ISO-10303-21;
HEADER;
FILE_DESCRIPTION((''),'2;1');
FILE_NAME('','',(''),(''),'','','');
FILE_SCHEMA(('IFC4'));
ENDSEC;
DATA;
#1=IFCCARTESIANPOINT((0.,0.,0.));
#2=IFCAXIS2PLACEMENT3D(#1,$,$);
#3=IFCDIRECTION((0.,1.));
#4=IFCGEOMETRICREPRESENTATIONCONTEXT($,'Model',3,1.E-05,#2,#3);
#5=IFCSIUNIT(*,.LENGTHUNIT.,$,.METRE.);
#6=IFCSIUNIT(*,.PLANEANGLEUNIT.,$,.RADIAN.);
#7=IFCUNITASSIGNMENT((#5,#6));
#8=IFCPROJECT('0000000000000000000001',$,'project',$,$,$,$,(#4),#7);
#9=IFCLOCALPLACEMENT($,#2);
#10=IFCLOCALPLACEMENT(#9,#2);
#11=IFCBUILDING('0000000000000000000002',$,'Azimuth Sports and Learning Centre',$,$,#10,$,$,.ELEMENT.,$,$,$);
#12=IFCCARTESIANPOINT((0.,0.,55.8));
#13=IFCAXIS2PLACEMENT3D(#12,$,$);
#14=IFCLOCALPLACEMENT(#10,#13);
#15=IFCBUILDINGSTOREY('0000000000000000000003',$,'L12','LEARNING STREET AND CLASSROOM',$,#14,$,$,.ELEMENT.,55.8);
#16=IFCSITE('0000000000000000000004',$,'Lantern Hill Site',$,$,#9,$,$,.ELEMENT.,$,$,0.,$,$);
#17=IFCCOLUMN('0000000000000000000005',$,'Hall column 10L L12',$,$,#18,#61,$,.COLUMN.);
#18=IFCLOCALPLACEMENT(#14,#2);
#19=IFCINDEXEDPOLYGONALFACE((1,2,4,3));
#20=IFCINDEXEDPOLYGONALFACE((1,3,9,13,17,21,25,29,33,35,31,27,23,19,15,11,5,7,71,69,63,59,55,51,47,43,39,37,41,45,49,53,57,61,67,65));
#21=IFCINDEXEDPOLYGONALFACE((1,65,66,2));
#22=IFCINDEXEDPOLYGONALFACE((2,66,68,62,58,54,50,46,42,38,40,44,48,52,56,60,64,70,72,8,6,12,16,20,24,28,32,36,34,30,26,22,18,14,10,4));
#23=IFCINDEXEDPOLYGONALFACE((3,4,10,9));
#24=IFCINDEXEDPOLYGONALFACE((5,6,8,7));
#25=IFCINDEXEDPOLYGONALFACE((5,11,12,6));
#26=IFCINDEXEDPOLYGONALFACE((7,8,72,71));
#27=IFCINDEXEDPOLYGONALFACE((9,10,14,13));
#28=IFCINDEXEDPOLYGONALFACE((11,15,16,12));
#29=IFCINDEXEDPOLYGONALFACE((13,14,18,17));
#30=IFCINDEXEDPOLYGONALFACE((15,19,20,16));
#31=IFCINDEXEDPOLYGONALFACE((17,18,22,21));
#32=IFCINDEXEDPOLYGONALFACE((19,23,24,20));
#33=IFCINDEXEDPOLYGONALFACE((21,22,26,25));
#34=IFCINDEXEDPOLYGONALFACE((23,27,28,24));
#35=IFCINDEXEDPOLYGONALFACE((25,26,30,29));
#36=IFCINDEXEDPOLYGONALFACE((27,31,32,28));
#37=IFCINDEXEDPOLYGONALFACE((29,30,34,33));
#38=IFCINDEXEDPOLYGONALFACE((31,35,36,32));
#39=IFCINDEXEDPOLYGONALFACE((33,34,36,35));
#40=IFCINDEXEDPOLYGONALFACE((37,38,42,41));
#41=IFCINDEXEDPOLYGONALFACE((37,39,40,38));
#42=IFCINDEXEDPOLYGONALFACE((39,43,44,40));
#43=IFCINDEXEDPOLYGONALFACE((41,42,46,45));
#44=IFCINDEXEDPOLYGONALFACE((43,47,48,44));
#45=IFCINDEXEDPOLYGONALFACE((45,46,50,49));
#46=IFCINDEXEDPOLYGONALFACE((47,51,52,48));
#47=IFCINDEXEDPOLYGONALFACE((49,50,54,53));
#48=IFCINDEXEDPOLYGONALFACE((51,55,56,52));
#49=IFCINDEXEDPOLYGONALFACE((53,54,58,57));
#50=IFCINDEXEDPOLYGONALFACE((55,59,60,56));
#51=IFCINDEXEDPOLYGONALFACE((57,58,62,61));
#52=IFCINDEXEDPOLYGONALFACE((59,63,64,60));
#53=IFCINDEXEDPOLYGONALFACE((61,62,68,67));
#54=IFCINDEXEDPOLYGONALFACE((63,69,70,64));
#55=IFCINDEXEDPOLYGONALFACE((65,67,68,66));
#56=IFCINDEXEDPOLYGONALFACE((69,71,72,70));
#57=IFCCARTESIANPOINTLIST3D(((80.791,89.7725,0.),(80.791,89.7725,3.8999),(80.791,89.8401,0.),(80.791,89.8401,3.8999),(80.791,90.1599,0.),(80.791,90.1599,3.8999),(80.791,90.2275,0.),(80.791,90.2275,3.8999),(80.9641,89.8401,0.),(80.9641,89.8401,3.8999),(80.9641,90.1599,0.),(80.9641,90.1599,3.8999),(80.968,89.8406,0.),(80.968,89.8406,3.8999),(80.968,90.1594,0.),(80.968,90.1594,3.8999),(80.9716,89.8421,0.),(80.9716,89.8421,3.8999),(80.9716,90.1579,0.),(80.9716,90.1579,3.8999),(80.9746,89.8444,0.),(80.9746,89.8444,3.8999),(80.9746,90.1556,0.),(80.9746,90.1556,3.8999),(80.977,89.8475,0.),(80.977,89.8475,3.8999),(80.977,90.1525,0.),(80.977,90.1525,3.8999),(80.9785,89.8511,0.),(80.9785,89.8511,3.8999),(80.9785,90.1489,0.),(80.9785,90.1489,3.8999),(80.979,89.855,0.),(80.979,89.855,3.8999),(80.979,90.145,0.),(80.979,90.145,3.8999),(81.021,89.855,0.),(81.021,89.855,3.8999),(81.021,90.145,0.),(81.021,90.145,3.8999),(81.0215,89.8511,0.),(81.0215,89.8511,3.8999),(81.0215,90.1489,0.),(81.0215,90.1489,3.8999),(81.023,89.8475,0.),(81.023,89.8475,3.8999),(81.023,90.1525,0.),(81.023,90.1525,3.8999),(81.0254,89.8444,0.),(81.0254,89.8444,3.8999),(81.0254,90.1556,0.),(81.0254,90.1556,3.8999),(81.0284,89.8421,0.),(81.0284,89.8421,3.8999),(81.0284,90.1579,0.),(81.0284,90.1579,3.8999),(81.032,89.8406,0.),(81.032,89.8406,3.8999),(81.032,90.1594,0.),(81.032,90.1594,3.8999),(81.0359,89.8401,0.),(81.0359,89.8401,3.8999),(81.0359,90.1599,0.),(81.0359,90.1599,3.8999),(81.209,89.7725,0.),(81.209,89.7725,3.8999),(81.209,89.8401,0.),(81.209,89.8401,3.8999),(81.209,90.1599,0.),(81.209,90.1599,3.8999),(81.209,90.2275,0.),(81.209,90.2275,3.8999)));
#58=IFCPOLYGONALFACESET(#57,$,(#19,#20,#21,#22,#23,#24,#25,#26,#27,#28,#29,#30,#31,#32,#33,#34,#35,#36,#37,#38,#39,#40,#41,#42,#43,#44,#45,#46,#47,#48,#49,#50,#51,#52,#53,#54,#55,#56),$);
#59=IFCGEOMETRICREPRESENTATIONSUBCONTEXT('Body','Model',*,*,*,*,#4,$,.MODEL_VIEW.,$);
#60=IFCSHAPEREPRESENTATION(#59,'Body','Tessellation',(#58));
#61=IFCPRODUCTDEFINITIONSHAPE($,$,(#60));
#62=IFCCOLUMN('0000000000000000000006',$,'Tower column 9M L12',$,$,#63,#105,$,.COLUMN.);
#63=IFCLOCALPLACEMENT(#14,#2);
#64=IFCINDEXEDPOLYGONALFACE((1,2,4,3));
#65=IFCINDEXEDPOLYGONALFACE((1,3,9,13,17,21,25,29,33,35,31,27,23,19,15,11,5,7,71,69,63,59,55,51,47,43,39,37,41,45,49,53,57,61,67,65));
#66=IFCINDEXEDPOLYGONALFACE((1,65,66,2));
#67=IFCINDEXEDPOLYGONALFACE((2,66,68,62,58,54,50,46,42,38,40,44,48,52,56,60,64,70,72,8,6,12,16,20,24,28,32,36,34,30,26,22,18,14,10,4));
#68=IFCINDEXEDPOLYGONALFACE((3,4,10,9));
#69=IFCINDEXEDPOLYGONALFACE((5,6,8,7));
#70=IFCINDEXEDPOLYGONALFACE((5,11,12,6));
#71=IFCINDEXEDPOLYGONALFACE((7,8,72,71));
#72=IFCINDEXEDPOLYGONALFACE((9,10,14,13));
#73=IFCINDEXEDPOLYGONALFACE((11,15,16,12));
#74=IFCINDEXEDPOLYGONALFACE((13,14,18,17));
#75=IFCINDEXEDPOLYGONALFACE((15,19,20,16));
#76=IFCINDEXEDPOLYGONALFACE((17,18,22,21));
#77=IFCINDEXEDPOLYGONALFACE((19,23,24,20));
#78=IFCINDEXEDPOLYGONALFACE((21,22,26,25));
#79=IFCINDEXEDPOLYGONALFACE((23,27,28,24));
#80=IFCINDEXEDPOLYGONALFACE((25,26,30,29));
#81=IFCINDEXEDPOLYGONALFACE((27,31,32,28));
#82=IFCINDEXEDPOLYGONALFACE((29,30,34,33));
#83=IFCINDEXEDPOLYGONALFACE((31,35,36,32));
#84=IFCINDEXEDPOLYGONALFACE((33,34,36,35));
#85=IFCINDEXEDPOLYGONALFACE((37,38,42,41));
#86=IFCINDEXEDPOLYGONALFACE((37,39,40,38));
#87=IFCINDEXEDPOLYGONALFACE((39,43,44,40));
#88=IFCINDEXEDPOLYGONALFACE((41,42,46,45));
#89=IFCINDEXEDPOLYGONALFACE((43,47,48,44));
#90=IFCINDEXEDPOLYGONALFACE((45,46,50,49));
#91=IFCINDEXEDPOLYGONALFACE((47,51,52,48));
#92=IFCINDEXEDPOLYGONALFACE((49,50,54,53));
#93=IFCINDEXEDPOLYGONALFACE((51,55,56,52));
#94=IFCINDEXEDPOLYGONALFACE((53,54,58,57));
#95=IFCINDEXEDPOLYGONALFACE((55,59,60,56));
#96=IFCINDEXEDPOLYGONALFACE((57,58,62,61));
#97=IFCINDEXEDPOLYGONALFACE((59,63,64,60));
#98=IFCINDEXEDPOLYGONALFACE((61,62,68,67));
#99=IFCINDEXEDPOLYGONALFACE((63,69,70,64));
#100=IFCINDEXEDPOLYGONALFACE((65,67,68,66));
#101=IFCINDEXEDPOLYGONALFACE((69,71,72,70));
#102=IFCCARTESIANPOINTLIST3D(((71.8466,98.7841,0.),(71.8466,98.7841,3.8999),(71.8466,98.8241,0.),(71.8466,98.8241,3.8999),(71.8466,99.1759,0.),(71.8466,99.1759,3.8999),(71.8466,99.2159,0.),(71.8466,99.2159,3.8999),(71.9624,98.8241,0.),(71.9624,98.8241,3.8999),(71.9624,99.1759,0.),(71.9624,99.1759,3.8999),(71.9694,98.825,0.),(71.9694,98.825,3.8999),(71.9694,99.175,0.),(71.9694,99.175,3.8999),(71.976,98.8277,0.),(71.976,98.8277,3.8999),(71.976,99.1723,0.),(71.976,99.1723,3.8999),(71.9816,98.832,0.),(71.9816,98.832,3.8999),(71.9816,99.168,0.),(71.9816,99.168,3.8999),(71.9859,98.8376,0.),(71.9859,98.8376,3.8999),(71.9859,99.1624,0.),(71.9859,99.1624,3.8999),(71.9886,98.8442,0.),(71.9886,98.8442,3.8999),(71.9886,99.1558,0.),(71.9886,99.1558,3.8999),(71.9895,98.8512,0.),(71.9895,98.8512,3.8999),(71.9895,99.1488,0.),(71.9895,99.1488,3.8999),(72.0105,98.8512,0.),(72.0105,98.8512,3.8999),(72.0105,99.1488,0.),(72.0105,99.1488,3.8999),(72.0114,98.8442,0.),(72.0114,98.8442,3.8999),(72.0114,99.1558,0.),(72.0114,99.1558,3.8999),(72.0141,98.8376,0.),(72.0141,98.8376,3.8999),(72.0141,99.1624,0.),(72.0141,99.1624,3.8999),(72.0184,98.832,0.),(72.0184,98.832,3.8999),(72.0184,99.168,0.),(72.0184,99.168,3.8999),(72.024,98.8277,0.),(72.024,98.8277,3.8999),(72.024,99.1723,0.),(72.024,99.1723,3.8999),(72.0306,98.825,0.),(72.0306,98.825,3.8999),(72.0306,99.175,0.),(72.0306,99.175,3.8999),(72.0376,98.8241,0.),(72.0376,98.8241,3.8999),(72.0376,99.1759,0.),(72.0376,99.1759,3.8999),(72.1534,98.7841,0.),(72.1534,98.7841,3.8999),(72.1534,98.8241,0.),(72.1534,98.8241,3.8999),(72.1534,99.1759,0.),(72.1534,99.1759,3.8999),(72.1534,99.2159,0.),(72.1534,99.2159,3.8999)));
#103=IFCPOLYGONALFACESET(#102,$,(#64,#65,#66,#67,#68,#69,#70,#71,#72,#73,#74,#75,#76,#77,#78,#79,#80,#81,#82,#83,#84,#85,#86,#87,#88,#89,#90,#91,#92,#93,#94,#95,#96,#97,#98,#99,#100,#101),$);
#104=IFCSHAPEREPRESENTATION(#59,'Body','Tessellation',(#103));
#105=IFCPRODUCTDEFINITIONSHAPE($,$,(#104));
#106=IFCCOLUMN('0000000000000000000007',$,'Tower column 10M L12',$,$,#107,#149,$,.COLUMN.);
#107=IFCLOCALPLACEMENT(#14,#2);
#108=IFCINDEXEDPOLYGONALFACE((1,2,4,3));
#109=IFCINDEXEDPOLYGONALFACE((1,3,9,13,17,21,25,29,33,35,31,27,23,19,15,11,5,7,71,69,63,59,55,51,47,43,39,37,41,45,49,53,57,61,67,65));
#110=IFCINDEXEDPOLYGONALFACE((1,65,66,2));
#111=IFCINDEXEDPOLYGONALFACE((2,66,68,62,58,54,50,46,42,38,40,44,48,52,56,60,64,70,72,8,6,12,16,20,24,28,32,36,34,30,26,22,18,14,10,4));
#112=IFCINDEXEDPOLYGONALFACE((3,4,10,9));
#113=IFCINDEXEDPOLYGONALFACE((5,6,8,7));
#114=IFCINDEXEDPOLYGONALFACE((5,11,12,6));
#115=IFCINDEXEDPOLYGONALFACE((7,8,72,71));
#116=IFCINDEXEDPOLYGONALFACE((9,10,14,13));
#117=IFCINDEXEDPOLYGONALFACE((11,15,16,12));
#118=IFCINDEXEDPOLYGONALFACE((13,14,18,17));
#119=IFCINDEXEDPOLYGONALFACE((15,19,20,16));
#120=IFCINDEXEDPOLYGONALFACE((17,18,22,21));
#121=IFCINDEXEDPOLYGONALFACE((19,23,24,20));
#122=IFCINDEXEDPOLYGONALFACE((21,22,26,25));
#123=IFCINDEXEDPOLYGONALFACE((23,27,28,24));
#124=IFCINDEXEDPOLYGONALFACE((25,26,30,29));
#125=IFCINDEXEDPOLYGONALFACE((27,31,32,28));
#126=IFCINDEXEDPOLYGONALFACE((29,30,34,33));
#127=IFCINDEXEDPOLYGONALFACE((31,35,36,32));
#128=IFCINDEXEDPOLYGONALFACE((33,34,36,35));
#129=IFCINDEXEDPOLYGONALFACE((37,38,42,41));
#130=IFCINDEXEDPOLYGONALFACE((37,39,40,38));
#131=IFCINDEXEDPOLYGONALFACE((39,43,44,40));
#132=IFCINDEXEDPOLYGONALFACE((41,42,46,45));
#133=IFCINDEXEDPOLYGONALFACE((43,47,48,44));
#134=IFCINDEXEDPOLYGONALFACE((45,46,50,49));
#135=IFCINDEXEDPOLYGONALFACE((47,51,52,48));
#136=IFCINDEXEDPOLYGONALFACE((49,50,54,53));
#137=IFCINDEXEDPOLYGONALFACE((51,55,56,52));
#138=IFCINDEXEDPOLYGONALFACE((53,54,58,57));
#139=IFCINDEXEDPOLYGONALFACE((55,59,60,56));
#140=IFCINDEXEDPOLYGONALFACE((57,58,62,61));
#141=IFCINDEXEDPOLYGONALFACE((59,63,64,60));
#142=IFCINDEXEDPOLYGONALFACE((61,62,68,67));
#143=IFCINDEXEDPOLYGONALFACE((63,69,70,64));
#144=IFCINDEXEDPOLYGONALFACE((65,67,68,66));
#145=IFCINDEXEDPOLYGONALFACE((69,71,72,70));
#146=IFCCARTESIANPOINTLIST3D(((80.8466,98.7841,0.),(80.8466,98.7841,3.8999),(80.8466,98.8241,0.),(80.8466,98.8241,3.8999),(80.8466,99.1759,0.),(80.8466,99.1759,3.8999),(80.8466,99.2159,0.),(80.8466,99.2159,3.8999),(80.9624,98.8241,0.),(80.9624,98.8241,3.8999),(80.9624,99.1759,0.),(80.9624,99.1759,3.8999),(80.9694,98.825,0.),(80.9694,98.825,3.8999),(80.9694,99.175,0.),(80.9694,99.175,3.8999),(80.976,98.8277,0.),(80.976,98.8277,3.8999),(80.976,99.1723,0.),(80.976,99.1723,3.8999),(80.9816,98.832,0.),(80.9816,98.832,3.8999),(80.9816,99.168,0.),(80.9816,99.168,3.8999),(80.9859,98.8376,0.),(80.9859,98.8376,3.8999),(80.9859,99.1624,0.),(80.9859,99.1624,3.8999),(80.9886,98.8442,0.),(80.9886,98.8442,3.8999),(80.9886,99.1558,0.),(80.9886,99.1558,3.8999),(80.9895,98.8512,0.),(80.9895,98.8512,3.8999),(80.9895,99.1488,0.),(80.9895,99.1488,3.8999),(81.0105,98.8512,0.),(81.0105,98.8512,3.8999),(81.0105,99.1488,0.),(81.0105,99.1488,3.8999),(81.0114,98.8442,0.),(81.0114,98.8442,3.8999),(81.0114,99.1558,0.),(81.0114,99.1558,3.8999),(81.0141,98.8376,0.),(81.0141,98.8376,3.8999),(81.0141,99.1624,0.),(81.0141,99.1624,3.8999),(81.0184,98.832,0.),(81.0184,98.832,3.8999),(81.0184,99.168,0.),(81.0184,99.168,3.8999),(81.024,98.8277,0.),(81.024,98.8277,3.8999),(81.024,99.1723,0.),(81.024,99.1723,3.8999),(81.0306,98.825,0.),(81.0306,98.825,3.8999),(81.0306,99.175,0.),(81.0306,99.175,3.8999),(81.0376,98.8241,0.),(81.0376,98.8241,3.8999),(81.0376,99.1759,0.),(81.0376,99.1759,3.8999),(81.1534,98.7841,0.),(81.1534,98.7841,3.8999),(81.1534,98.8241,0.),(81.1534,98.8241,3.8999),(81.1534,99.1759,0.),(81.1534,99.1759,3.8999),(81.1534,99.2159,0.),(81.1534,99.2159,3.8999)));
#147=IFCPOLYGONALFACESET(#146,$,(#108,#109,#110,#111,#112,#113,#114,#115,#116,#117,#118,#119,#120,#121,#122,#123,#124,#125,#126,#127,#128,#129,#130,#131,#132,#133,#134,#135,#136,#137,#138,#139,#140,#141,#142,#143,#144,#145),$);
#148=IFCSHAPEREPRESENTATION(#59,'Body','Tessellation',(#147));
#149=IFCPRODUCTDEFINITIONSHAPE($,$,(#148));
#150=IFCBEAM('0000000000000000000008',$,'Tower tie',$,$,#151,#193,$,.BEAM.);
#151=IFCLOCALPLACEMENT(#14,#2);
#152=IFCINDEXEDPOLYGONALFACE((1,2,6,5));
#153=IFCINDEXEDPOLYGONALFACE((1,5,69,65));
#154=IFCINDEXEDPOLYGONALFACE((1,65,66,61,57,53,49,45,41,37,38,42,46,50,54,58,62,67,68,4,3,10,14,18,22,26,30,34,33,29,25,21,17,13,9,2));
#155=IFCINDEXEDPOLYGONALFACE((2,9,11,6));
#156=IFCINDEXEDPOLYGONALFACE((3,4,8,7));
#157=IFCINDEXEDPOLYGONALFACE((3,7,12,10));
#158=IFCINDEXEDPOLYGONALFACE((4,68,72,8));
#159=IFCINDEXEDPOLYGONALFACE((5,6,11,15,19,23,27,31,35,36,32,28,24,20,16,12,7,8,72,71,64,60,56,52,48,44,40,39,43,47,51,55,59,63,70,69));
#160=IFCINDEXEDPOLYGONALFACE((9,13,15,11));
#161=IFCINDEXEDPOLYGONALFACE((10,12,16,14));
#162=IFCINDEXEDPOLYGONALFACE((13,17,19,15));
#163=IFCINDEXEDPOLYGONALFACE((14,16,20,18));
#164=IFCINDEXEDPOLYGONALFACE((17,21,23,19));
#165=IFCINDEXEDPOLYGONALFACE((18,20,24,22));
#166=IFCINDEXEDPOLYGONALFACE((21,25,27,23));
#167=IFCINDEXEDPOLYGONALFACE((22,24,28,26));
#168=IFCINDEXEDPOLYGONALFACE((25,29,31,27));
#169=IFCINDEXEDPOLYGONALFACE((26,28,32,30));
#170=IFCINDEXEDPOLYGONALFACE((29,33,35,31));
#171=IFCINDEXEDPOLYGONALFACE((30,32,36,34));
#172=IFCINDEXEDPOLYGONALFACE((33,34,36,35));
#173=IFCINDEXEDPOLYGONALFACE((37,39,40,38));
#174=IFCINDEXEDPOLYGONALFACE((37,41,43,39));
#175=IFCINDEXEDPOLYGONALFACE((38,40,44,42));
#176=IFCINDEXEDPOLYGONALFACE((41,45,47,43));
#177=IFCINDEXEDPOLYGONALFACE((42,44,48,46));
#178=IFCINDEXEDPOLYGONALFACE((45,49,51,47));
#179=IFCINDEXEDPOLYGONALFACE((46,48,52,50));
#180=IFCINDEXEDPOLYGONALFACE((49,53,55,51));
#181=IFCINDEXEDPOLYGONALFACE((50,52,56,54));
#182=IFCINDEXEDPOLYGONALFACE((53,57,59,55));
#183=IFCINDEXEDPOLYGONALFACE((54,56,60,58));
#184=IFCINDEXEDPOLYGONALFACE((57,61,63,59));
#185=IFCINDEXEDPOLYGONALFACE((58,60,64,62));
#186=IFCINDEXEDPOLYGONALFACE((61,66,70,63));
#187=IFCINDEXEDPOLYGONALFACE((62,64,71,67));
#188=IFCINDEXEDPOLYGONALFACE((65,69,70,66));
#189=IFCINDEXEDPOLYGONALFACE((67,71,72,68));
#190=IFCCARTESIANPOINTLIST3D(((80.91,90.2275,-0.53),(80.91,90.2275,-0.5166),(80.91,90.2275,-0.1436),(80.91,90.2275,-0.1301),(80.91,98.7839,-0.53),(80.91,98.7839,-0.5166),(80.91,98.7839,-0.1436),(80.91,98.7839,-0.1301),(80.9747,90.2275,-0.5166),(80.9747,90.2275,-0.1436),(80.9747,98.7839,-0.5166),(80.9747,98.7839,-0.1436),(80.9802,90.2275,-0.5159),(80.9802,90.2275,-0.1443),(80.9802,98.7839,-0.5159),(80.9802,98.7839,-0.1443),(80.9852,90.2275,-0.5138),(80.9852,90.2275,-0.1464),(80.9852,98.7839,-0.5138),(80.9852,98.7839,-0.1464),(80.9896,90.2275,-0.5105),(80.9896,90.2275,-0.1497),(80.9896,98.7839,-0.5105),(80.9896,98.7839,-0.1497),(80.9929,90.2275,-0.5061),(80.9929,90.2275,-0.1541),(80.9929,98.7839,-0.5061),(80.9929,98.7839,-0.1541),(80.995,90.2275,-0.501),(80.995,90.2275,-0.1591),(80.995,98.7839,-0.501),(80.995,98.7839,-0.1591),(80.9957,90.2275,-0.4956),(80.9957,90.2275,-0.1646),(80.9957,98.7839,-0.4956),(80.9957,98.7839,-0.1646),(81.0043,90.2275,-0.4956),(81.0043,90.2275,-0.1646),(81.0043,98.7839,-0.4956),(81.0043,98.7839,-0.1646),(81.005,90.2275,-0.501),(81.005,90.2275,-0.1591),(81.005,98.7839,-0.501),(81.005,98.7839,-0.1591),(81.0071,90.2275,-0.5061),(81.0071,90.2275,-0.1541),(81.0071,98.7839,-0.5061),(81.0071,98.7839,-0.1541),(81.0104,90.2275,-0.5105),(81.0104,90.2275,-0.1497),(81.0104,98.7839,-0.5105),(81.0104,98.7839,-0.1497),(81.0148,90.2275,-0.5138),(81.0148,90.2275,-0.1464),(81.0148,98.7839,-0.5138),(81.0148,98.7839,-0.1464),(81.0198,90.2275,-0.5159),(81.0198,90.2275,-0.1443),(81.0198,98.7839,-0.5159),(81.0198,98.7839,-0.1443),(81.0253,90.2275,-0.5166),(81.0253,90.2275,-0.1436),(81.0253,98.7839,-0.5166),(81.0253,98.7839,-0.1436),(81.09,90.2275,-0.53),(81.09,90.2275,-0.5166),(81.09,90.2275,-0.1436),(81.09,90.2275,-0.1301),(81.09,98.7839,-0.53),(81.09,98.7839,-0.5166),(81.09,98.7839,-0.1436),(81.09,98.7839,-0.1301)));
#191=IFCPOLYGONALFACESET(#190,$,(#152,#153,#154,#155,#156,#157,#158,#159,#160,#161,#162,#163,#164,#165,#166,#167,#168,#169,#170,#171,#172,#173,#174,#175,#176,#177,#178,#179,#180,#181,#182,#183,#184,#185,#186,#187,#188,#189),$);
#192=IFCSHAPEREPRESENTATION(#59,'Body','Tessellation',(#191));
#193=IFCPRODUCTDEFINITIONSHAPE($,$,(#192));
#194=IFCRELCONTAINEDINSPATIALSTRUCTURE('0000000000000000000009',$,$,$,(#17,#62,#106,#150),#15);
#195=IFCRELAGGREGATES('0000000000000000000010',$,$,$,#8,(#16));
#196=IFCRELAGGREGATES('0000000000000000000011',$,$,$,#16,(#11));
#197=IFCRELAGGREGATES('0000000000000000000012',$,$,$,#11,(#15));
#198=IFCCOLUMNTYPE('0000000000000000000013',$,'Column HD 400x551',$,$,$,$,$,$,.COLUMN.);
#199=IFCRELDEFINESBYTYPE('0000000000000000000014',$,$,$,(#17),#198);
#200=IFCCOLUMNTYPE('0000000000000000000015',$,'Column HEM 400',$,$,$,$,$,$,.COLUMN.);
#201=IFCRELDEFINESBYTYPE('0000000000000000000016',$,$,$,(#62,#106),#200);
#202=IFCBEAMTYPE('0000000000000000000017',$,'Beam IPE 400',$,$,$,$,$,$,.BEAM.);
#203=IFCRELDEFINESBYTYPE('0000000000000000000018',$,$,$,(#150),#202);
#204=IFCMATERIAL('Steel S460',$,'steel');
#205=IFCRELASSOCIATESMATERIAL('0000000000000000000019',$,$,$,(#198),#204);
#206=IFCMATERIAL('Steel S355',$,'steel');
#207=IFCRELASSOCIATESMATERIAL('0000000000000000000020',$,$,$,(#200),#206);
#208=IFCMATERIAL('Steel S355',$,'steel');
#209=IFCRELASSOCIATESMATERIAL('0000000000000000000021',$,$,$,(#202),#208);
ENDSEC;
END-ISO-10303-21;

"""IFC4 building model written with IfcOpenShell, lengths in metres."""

from ifc_helpers import new_model, si_unit, direction, frame, origin, origin_2d, place, context, subcontext, project, spatial, i_section, extrude, material, material_profile, profile_set, type_object, element, save


model = new_model("IFC4")

# Units and contexts
model_context = context("Model", 3, precision=1e-05, world=origin(), true_north=direction((0.0, 1.0)))
body_context = subcontext(model_context, "Body", "Model", "MODEL_VIEW")
ifc_project = project(units=[si_unit("LENGTHUNIT", "METRE"), si_unit("PLANEANGLEUNIT", "RADIAN")], contexts=[model_context])

# Site, building, storey
site_placement = place(None, origin())
site = spatial("IfcSite", under=ifc_project, at=site_placement, Name="Lantern Hill Site", CompositionType="ELEMENT", RefElevation=0.0)
building_placement = place(site_placement, origin())
building = spatial("IfcBuilding", under=site, at=building_placement, Name="Azimuth Sports and Learning Centre", CompositionType="ELEMENT")
storey_placement = place(building_placement, frame((0.0, 0.0, 55.8)))
storey = spatial("IfcBuildingStorey", under=building, at=storey_placement, Name="L12", Description="LEARNING STREET AND CLASSROOM", CompositionType="ELEMENT", Elevation=55.8)

# Columns
ifc_material_1 = material(Name="Steel S460", Category="steel")
ifc_material_profile_1 = material_profile(ifc_material_1, i_section(OverallWidth=0.418, OverallDepth=0.4551, WebThickness=0.042, FlangeThickness=0.0676, FilletRadius=0.0149, at=origin_2d()), Name="HD 400x551")
ifc_profile_set_1 = profile_set([ifc_material_profile_1], Name="Steel S460")
column_type_1 = type_object("IfcColumnType", Name="Column HD 400x551", PredefinedType="COLUMN", material=ifc_profile_set_1)
column_placement = place(storey_placement, frame((81.0, 90.0, 0.0), z_axis=(0.0, 0.0, 1.0), x_axis=(1.0, 0.0, 0.0)))
element("IfcColumn", 1, at=column_placement, inside=storey, type_object=column_type_1, Name="Hall column 10L L12", PredefinedType="COLUMN", context=body_context, shape_type="SweptSolid", body=[
    extrude(i_section(OverallWidth=0.418, OverallDepth=0.4551, WebThickness=0.042, FlangeThickness=0.0676, FilletRadius=0.0149, at=origin_2d()), origin(), (0.0, 0.0, 1.0), 3.8999),
])
ifc_material_2 = material(Name="Steel S355", Category="steel")
ifc_material_profile_2 = material_profile(ifc_material_2, i_section(OverallWidth=0.3069, OverallDepth=0.4319, WebThickness=0.021, FlangeThickness=0.04, FilletRadius=0.0271, at=origin_2d()), Name="HEM 400")
ifc_profile_set_2 = profile_set([ifc_material_profile_2], Name="Steel S355")
column_type_2 = type_object("IfcColumnType", Name="Column HEM 400", PredefinedType="COLUMN", material=ifc_profile_set_2)
for number, where, z_axis, x_axis, name in (
    (2, (72.0, 99.0, 0.0), (0.0, 0.0, 1.0), (1.0, 0.0, 0.0), "Tower column 9M L12"),
    (3, (81.0, 99.0, 0.0), (0.0, 0.0, 1.0), (1.0, 0.0, 0.0), "Tower column 10M L12"),
):
    element("IfcColumn", number, at=place(storey_placement, frame(where, z_axis=z_axis, x_axis=x_axis)), inside=storey, type_object=column_type_2, Name=name, PredefinedType="COLUMN", context=body_context, shape_type="SweptSolid", body=[
        extrude(i_section(OverallWidth=0.3069, OverallDepth=0.4319, WebThickness=0.021, FlangeThickness=0.04, FilletRadius=0.0271, at=origin_2d()), origin(), (0.0, 0.0, 1.0), 3.8999),
    ])

# Beam
ifc_material_3 = material(Name="Steel S355", Category="steel")
ifc_material_profile_3 = material_profile(ifc_material_3, i_section(OverallWidth=0.1799, OverallDepth=0.3999, WebThickness=0.0085, FlangeThickness=0.0134, FilletRadius=0.021, at=origin_2d()), Name="IPE 400")
ifc_profile_set_3 = profile_set([ifc_material_profile_3], Name="Steel S355")
beam_type_1 = type_object("IfcBeamType", Name="Beam IPE 400", PredefinedType="BEAM", material=ifc_profile_set_3)
beam_1_placement = place(storey_placement, frame((81.0, 90.2275, -0.3301), z_axis=(0.0, 1.0, 0.0), x_axis=(-1.0, 0.0, 0.0)))
element("IfcBeam", 4, at=beam_1_placement, inside=storey, type_object=beam_type_1, Name="Tower tie", PredefinedType="BEAM", context=body_context, shape_type="SweptSolid", body=[
    extrude(i_section(OverallWidth=0.1799, OverallDepth=0.3999, WebThickness=0.0085, FlangeThickness=0.0134, FilletRadius=0.021, at=origin_2d()), origin(), (0.0, 0.0, 1.0), 8.5564),
])

save(model, "model.ifc")
